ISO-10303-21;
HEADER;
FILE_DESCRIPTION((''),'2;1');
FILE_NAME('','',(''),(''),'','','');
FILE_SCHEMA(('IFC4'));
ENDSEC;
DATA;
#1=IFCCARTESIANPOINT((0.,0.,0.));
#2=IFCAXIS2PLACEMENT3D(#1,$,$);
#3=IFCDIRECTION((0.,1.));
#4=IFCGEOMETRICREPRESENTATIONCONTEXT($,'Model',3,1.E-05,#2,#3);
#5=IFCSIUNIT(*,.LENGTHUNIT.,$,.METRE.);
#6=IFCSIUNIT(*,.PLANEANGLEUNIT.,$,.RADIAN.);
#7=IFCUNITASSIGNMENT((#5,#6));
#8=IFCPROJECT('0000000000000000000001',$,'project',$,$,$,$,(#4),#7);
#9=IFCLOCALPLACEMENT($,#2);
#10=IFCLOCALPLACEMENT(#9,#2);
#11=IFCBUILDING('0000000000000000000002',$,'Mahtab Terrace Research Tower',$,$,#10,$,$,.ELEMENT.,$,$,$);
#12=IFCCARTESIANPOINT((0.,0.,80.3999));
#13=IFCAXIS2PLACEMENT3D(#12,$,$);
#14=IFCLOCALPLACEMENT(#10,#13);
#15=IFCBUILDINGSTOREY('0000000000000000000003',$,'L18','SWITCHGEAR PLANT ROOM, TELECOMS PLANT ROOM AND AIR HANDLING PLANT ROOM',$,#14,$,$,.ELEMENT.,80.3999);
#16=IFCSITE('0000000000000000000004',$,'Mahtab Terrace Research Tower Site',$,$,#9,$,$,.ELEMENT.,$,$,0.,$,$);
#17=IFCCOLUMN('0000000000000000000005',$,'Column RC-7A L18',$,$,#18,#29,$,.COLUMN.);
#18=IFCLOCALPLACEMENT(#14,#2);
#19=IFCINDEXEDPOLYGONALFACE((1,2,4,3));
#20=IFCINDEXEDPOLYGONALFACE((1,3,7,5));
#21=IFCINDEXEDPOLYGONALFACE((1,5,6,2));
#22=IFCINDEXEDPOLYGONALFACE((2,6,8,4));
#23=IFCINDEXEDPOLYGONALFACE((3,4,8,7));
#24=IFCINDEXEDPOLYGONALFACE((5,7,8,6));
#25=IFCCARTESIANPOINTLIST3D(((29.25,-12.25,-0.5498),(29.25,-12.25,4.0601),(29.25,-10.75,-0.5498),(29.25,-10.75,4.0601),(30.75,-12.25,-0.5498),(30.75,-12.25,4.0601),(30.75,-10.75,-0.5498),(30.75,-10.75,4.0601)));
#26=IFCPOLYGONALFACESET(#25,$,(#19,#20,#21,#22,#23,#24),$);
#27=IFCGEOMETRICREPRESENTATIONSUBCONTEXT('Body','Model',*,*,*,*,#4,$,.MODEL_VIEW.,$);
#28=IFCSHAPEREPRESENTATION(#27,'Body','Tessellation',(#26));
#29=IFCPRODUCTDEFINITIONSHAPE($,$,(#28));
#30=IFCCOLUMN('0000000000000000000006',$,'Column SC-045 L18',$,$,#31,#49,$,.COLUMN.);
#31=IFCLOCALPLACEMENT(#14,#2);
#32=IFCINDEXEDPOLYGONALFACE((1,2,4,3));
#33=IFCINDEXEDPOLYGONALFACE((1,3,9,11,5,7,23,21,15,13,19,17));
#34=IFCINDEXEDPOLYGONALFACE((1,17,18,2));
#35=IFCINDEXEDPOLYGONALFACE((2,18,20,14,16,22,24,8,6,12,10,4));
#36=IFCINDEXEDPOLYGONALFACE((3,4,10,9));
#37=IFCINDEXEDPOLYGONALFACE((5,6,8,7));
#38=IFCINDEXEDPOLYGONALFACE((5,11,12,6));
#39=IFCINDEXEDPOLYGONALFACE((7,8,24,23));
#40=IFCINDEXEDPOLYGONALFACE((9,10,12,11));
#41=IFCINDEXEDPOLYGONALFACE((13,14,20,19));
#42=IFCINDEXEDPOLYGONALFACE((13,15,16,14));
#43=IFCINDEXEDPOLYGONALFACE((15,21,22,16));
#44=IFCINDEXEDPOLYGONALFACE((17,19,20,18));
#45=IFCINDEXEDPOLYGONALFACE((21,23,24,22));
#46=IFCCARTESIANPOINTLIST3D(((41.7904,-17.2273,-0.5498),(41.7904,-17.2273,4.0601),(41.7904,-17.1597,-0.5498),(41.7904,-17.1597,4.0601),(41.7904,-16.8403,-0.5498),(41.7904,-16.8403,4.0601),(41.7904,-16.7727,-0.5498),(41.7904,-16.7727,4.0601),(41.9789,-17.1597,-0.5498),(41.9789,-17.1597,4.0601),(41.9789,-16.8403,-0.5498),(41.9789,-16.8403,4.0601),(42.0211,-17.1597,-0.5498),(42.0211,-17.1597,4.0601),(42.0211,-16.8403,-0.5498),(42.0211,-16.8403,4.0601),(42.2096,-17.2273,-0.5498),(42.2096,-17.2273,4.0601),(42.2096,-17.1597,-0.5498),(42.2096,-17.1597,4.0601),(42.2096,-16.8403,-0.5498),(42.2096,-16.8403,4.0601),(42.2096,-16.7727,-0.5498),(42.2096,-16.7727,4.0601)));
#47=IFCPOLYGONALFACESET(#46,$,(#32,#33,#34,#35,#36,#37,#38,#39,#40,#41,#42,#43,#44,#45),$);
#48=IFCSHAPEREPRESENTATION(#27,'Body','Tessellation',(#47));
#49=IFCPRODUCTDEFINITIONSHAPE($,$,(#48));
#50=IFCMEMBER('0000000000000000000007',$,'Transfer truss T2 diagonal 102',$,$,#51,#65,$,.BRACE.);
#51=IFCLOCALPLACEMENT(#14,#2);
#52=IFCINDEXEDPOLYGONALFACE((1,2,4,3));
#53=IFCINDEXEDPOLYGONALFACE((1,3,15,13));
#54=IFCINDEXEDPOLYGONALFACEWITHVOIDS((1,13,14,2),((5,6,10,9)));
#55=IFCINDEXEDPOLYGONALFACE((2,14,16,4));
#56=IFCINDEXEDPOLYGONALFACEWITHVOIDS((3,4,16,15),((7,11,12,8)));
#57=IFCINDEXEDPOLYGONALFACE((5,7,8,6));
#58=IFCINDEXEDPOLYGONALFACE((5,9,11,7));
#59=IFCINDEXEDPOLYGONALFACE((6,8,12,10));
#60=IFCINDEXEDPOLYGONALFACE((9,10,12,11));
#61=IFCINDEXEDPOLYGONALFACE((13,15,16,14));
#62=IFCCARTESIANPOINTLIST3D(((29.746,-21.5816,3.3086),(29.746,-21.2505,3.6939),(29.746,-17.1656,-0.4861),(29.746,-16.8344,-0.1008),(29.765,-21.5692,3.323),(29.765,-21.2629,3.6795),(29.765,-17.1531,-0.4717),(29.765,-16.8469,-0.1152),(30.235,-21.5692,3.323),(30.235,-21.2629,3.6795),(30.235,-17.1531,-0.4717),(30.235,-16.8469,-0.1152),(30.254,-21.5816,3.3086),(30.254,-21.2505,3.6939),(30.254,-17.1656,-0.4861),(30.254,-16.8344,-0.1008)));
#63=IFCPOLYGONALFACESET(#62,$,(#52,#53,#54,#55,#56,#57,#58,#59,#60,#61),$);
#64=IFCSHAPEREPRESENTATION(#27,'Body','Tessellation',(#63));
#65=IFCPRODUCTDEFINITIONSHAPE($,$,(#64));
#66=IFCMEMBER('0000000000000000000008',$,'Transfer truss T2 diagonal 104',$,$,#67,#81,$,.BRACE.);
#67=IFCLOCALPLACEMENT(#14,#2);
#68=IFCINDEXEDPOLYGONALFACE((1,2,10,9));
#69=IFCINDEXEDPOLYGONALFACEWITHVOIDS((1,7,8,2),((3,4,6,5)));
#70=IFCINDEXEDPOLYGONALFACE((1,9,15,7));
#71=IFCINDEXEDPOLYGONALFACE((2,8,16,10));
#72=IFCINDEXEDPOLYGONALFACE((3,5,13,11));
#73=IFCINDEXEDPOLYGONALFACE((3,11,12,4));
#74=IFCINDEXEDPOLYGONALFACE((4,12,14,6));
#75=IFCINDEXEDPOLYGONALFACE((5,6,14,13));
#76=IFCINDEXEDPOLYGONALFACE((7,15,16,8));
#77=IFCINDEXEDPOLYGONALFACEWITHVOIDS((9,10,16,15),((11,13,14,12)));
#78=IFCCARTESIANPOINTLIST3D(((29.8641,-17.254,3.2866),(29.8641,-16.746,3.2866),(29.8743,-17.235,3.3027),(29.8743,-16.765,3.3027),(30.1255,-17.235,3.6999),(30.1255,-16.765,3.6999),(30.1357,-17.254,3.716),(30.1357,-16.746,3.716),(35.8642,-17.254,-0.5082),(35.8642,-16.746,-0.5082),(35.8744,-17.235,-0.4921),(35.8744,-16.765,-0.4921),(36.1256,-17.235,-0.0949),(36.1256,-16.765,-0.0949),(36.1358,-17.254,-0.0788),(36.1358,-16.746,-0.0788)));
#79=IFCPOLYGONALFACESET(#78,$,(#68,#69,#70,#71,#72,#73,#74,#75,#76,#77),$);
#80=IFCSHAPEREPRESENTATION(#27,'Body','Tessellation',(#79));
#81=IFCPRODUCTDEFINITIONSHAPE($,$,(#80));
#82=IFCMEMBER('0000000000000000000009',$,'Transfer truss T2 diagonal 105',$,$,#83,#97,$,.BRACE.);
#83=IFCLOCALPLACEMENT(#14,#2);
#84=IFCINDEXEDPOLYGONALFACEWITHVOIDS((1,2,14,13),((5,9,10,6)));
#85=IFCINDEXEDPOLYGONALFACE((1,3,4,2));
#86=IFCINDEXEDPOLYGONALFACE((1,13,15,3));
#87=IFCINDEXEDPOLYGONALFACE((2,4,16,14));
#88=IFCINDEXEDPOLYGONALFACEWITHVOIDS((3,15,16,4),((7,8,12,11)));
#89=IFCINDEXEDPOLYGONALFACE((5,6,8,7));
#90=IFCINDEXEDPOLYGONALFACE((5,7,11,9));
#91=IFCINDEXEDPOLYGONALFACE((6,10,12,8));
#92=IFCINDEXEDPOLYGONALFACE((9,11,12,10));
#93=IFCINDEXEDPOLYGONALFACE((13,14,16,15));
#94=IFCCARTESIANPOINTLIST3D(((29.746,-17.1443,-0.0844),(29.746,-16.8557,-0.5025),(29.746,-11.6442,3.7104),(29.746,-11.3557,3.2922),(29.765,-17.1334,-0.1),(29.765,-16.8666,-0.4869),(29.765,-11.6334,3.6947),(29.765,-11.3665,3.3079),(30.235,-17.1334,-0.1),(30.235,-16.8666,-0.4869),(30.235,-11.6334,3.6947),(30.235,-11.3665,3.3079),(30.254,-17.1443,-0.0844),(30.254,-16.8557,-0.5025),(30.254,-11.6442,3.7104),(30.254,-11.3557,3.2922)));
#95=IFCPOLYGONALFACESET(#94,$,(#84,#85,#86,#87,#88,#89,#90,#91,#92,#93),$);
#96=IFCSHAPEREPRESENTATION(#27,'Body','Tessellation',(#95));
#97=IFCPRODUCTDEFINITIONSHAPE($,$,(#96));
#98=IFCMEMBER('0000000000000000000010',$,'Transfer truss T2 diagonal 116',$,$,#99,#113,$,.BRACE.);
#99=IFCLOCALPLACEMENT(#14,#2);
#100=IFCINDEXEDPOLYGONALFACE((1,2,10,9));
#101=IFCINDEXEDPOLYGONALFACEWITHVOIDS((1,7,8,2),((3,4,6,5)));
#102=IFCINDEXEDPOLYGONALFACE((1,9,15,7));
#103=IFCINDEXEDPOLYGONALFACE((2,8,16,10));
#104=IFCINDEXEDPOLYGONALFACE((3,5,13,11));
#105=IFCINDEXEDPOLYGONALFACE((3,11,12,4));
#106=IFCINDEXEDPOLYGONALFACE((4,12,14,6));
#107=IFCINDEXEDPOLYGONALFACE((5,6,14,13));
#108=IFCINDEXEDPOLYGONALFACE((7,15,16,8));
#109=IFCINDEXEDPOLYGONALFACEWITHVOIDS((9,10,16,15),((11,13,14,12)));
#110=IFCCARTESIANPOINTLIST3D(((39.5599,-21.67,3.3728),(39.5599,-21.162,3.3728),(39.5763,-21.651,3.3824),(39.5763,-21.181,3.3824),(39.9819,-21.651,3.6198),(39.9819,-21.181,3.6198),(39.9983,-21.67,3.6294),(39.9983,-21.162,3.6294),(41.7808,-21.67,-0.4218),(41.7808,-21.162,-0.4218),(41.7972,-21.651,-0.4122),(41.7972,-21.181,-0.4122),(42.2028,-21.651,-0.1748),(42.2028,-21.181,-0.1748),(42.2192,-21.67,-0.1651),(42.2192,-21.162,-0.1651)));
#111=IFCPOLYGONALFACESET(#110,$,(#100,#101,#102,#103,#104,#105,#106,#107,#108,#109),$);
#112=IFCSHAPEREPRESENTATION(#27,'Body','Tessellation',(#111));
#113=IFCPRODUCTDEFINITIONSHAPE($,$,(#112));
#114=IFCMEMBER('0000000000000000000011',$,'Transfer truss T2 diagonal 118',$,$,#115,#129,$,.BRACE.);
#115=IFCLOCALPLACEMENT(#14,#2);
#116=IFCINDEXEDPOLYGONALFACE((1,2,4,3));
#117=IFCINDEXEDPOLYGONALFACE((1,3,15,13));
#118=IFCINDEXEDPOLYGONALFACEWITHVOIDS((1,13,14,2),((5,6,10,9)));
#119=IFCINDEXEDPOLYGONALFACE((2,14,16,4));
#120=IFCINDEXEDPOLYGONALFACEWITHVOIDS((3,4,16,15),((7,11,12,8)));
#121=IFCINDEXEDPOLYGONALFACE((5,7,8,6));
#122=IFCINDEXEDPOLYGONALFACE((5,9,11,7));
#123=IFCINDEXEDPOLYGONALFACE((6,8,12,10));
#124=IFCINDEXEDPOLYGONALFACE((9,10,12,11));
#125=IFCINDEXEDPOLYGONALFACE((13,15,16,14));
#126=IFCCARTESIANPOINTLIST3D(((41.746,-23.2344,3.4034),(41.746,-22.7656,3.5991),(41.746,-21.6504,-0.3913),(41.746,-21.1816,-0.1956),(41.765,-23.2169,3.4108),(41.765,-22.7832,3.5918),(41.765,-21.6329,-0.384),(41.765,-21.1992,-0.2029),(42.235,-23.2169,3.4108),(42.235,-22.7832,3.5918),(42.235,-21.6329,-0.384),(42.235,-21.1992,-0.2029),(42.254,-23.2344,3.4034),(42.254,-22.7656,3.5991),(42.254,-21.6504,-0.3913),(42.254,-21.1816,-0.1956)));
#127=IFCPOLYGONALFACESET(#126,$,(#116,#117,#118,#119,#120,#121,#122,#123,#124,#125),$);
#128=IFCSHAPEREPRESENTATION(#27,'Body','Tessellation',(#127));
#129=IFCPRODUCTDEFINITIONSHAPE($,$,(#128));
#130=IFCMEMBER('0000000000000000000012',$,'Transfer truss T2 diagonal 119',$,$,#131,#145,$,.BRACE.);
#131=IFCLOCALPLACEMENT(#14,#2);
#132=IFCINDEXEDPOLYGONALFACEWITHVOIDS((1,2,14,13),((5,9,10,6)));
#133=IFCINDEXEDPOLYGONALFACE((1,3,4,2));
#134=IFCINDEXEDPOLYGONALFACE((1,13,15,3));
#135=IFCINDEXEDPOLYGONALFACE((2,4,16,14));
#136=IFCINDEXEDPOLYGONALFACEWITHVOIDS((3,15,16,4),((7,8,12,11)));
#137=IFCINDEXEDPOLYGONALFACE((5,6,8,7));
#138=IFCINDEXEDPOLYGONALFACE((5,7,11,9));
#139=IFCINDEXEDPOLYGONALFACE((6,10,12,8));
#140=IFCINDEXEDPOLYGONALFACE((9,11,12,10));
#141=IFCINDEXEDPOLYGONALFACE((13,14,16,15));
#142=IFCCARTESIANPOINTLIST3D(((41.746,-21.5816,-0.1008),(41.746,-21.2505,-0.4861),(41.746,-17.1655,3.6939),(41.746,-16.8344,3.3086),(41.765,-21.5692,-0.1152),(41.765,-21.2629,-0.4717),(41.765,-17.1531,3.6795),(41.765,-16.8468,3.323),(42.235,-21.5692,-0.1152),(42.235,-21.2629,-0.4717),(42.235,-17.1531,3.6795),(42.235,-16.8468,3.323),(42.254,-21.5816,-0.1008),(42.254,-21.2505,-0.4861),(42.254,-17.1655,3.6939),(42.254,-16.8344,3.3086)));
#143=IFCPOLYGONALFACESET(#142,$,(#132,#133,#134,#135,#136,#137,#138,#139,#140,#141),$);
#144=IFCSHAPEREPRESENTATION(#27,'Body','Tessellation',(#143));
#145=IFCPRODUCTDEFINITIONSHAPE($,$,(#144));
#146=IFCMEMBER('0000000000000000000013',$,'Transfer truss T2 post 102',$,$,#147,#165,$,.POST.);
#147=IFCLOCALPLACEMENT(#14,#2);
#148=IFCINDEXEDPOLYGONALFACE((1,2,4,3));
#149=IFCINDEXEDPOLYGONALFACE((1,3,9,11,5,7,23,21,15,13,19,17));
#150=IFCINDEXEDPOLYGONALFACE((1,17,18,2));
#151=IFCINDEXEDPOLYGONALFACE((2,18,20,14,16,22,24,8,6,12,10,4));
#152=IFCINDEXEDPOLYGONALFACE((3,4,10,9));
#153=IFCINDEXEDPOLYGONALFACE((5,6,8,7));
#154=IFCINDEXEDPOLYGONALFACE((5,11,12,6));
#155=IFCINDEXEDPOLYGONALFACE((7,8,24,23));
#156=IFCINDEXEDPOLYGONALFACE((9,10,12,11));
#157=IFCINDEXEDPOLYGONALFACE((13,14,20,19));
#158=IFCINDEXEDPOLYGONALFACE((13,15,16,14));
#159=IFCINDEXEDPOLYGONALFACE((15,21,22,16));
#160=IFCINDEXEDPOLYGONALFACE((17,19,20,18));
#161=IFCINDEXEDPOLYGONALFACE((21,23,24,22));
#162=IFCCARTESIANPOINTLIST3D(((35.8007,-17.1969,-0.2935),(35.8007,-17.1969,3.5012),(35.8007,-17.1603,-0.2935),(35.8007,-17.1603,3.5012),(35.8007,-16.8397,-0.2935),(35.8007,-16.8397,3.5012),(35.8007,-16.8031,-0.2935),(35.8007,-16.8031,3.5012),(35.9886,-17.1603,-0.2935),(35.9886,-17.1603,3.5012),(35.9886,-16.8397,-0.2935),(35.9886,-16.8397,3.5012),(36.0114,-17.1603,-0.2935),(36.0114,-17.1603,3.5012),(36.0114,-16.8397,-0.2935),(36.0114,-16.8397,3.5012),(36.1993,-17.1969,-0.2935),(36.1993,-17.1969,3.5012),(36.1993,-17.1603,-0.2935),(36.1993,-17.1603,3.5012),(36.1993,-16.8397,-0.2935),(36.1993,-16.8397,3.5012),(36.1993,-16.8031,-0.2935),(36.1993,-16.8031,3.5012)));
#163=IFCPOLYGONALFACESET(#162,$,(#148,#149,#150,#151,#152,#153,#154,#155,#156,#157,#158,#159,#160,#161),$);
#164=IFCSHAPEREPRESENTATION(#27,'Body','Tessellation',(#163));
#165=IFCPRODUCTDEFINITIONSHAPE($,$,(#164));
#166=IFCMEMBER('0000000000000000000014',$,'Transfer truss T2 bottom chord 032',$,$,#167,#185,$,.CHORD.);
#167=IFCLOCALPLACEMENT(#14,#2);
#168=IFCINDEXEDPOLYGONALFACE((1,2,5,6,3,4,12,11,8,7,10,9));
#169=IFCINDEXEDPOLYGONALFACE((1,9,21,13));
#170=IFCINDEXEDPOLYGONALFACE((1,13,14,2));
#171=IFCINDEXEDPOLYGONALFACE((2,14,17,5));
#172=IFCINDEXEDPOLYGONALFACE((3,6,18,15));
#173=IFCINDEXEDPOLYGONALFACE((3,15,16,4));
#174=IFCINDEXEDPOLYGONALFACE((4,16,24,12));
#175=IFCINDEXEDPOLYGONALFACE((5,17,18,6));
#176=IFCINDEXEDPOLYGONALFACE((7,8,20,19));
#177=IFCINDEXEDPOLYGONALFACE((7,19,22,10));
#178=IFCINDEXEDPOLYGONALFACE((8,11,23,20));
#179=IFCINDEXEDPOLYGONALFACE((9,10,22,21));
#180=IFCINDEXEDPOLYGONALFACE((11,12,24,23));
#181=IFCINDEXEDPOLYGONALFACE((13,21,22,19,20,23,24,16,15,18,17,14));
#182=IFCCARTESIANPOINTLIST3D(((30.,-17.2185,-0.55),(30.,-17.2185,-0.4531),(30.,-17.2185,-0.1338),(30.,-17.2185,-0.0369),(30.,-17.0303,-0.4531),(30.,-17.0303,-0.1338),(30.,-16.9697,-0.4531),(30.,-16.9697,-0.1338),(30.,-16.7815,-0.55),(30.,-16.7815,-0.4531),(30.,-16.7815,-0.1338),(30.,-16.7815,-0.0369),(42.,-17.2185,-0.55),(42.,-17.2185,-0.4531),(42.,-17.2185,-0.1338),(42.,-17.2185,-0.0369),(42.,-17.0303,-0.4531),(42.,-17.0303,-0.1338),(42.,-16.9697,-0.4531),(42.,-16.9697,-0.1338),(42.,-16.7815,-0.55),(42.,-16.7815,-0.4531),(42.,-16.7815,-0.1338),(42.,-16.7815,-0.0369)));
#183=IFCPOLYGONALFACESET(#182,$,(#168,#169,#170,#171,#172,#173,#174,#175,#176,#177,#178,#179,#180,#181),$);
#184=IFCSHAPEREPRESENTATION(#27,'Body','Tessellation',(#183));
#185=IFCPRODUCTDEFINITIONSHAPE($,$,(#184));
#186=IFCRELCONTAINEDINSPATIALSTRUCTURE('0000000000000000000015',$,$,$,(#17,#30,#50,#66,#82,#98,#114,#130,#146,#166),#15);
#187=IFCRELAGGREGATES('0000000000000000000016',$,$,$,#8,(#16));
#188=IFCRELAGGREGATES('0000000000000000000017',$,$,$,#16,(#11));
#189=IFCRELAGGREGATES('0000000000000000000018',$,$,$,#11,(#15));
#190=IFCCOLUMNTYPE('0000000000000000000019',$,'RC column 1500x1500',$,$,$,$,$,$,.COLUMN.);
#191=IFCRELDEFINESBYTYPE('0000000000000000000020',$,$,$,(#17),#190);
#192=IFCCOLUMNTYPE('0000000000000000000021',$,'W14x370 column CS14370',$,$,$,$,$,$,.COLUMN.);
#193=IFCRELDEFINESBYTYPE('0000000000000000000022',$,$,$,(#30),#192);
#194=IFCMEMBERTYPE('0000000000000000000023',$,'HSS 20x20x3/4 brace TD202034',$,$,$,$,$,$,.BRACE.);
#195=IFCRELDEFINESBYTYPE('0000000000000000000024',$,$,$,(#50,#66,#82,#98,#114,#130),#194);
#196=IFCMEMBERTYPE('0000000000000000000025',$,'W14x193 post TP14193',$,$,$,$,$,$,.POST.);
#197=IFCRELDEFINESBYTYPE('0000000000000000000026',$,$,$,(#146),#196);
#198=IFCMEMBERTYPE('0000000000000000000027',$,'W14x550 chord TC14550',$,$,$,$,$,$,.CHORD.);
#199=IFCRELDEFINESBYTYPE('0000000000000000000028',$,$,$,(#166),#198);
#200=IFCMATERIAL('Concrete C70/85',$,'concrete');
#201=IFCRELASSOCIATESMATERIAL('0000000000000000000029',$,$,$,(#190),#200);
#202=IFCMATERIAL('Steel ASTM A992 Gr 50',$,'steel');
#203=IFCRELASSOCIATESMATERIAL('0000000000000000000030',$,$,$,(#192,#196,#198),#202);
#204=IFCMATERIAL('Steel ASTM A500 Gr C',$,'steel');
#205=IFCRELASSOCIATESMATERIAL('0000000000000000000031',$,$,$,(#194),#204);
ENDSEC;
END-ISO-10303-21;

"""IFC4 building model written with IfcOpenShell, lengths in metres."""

from ifc_helpers import new_model, si_unit, direction, frame, origin, origin_2d, place, context, subcontext, project, spatial, rectangle, hollow_rectangle, i_section, extrude, material, material_profile, profile_set, type_object, element, save


model = new_model("IFC4")

# Units and contexts
model_context = context("Model", 3, precision=1e-05, world=origin(), true_north=direction((0.0, 1.0)))
body_context = subcontext(model_context, "Body", "Model", "MODEL_VIEW")
ifc_project = project(units=[si_unit("LENGTHUNIT", "METRE"), si_unit("PLANEANGLEUNIT", "RADIAN")], contexts=[model_context])

# Site, building, storey
site_placement = place(None, origin())
site = spatial("IfcSite", under=ifc_project, at=site_placement, Name="Mahtab Terrace Research Tower Site", CompositionType="ELEMENT", RefElevation=0.0)
building_placement = place(site_placement, origin())
building = spatial("IfcBuilding", under=site, at=building_placement, Name="Mahtab Terrace Research Tower", CompositionType="ELEMENT")
storey_placement = place(building_placement, frame((0.0, 0.0, 80.3999)))
storey = spatial("IfcBuildingStorey", under=building, at=storey_placement, Name="L18", Description="SWITCHGEAR PLANT ROOM, TELECOMS PLANT ROOM AND AIR HANDLING PLANT ROOM", CompositionType="ELEMENT", Elevation=80.3999)

# Columns
ifc_material_1 = material(Name="Concrete C70/85", Category="concrete")
ifc_material_profile_1 = material_profile(ifc_material_1, rectangle(XDim=1.5, YDim=1.5, at=origin_2d()), Name="RC column 1500x1500")
ifc_profile_set_1 = profile_set([ifc_material_profile_1], Name="Concrete C70/85")
column_type_1 = type_object("IfcColumnType", Name="RC column 1500x1500", PredefinedType="COLUMN", material=ifc_profile_set_1)
column_1_placement = place(storey_placement, frame((30.0, -11.5, -0.5498), z_axis=(0.0, 0.0, 1.0), x_axis=(1.0, 0.0, 0.0)))
element("IfcColumn", 1, at=column_1_placement, inside=storey, type_object=column_type_1, Name="Column RC-7A L18", PredefinedType="COLUMN", context=body_context, shape_type="SweptSolid", body=[
    extrude(rectangle(XDim=1.5, YDim=1.5, at=origin_2d()), origin(), (0.0, 0.0, 1.0), 4.6099),
])
ifc_material_2 = material(Name="Steel ASTM A992 Gr 50", Category="steel")
ifc_material_profile_2 = material_profile(ifc_material_2, i_section(OverallWidth=0.4192, OverallDepth=0.4546, WebThickness=0.0422, FlangeThickness=0.0676, at=origin_2d()), Name="W14X370")
ifc_profile_set_2 = profile_set([ifc_material_profile_2], Name="Steel ASTM A992 Gr 50")
column_type_2 = type_object("IfcColumnType", Name="W14x370 column CS14370", PredefinedType="COLUMN", material=ifc_profile_set_2)
column_2_placement = place(storey_placement, frame((42.0, -17.0, -0.5498), z_axis=(0.0, 0.0, 1.0), x_axis=(1.0, 0.0, 0.0)))
element("IfcColumn", 2, at=column_2_placement, inside=storey, type_object=column_type_2, Name="Column SC-045 L18", PredefinedType="COLUMN", context=body_context, shape_type="SweptSolid", body=[
    extrude(i_section(OverallWidth=0.4192, OverallDepth=0.4546, WebThickness=0.0422, FlangeThickness=0.0676, at=origin_2d()), origin(), (0.0, 0.0, 1.0), 4.6099),
])

# Members
ifc_material_3 = material(Name="Steel ASTM A500 Gr C", Category="steel")
ifc_material_profile_3 = material_profile(ifc_material_3, hollow_rectangle(XDim=0.5081, YDim=0.5081, WallThickness=0.019, at=origin_2d()), Name="HSS20X20X3/4")
ifc_profile_set_3 = profile_set([ifc_material_profile_3], Name="Steel ASTM A500 Gr C")
member_type_1 = type_object("IfcMemberType", Name="HSS 20x20x3/4 brace TD202034", PredefinedType="BRACE", material=ifc_profile_set_3)
member_1_placement = place(storey_placement, frame((30.0, -17.0, -0.2935), z_axis=(0.0, -0.758448, 0.651734), x_axis=(1.0, 0.0, 0.0)))
element("IfcMember", 3, at=member_1_placement, inside=storey, type_object=member_type_1, Name="Transfer truss T2 diagonal 102", PredefinedType="BRACE", context=body_context, shape_type="SweptSolid", body=[
    extrude(hollow_rectangle(XDim=0.5081, YDim=0.5081, WallThickness=0.019, at=origin_2d()), origin(), (0.0, 0.0, 1.0), 5.8225),
])
member_2_placement = place(storey_placement, frame((36.0, -17.0, -0.2935), z_axis=(-0.845158, 0.0, 0.534517), x_axis=(0.0, -1.0, 0.0)))
element("IfcMember", 4, at=member_2_placement, inside=storey, type_object=member_type_1, Name="Transfer truss T2 diagonal 104", PredefinedType="BRACE", context=body_context, shape_type="SweptSolid", body=[
    extrude(hollow_rectangle(XDim=0.5081, YDim=0.5081, WallThickness=0.019, at=origin_2d()), origin(), (0.0, 0.0, 1.0), 7.0994),
])
member_3_placement = place(storey_placement, frame((30.0, -17.0, -0.2935), z_axis=(0.0, 0.823103, 0.567893), x_axis=(-1.0, 0.0, 0.0)))
element("IfcMember", 5, at=member_3_placement, inside=storey, type_object=member_type_1, Name="Transfer truss T2 diagonal 105", PredefinedType="BRACE", context=body_context, shape_type="SweptSolid", body=[
    extrude(hollow_rectangle(XDim=0.5081, YDim=0.5081, WallThickness=0.019, at=origin_2d()), origin(), (0.0, 0.0, 1.0), 6.6821),
])
member_4_placement = place(storey_placement, frame((42.0, -21.416, -0.2935), z_axis=(-0.505124, 0.0, 0.863047), x_axis=(0.0, -1.0, 0.0)))
element("IfcMember", 6, at=member_4_placement, inside=storey, type_object=member_type_1, Name="Transfer truss T2 diagonal 116", PredefinedType="BRACE", context=body_context, shape_type="SweptSolid", body=[
    extrude(hollow_rectangle(XDim=0.5081, YDim=0.5081, WallThickness=0.019, at=origin_2d()), origin(), (0.0, 0.0, 1.0), 4.3967),
])
member_5_placement = place(storey_placement, frame((42.0, -21.416, -0.2935), z_axis=(0.0, -0.38521, 0.922829), x_axis=(1.0, 0.0, 0.0)))
element("IfcMember", 7, at=member_5_placement, inside=storey, type_object=member_type_1, Name="Transfer truss T2 diagonal 118", PredefinedType="BRACE", context=body_context, shape_type="SweptSolid", body=[
    extrude(hollow_rectangle(XDim=0.5081, YDim=0.5081, WallThickness=0.019, at=origin_2d()), origin(), (0.0, 0.0, 1.0), 4.1121),
])
member_6_placement = place(storey_placement, frame((42.0, -21.416, -0.2935), z_axis=(0.0, 0.758448, 0.651734), x_axis=(-1.0, 0.0, 0.0)))
element("IfcMember", 8, at=member_6_placement, inside=storey, type_object=member_type_1, Name="Transfer truss T2 diagonal 119", PredefinedType="BRACE", context=body_context, shape_type="SweptSolid", body=[
    extrude(hollow_rectangle(XDim=0.5081, YDim=0.5081, WallThickness=0.019, at=origin_2d()), origin(), (0.0, 0.0, 1.0), 5.8225),
])
ifc_material_profile_4 = material_profile(ifc_material_2, i_section(OverallWidth=0.3987, OverallDepth=0.3938, WebThickness=0.0227, FlangeThickness=0.0366, at=origin_2d()), Name="W14X193")
ifc_profile_set_4 = profile_set([ifc_material_profile_4], Name="Steel ASTM A992 Gr 50")
member_type_2 = type_object("IfcMemberType", Name="W14x193 post TP14193", PredefinedType="POST", material=ifc_profile_set_4)
member_7_placement = place(storey_placement, frame((36.0, -17.0, -0.2935), z_axis=(0.0, 0.0, 1.0), x_axis=(1.0, 0.0, 0.0)))
element("IfcMember", 9, at=member_7_placement, inside=storey, type_object=member_type_2, Name="Transfer truss T2 post 102", PredefinedType="POST", context=body_context, shape_type="SweptSolid", body=[
    extrude(i_section(OverallWidth=0.3987, OverallDepth=0.3938, WebThickness=0.0227, FlangeThickness=0.0366, at=origin_2d()), origin(), (0.0, 0.0, 1.0), 3.7947),
])
ifc_material_profile_5 = material_profile(ifc_material_2, i_section(OverallWidth=0.437, OverallDepth=0.5132, WebThickness=0.0605, FlangeThickness=0.0969, at=origin_2d()), Name="W14X550")
ifc_profile_set_5 = profile_set([ifc_material_profile_5], Name="Steel ASTM A992 Gr 50")
member_type_3 = type_object("IfcMemberType", Name="W14x550 chord TC14550", PredefinedType="CHORD", material=ifc_profile_set_5)
member_8_placement = place(storey_placement, frame((30.0, -17.0, -0.2935), z_axis=(1.0, 0.0, 0.0), x_axis=(0.0, 1.0, 0.0)))
element("IfcMember", 10, at=member_8_placement, inside=storey, type_object=member_type_3, Name="Transfer truss T2 bottom chord 032", PredefinedType="CHORD", context=body_context, shape_type="SweptSolid", body=[
    extrude(i_section(OverallWidth=0.437, OverallDepth=0.5132, WebThickness=0.0605, FlangeThickness=0.0969, at=origin_2d()), origin(), (0.0, 0.0, 1.0), 12.0),
])

save(model, "model.ifc")
